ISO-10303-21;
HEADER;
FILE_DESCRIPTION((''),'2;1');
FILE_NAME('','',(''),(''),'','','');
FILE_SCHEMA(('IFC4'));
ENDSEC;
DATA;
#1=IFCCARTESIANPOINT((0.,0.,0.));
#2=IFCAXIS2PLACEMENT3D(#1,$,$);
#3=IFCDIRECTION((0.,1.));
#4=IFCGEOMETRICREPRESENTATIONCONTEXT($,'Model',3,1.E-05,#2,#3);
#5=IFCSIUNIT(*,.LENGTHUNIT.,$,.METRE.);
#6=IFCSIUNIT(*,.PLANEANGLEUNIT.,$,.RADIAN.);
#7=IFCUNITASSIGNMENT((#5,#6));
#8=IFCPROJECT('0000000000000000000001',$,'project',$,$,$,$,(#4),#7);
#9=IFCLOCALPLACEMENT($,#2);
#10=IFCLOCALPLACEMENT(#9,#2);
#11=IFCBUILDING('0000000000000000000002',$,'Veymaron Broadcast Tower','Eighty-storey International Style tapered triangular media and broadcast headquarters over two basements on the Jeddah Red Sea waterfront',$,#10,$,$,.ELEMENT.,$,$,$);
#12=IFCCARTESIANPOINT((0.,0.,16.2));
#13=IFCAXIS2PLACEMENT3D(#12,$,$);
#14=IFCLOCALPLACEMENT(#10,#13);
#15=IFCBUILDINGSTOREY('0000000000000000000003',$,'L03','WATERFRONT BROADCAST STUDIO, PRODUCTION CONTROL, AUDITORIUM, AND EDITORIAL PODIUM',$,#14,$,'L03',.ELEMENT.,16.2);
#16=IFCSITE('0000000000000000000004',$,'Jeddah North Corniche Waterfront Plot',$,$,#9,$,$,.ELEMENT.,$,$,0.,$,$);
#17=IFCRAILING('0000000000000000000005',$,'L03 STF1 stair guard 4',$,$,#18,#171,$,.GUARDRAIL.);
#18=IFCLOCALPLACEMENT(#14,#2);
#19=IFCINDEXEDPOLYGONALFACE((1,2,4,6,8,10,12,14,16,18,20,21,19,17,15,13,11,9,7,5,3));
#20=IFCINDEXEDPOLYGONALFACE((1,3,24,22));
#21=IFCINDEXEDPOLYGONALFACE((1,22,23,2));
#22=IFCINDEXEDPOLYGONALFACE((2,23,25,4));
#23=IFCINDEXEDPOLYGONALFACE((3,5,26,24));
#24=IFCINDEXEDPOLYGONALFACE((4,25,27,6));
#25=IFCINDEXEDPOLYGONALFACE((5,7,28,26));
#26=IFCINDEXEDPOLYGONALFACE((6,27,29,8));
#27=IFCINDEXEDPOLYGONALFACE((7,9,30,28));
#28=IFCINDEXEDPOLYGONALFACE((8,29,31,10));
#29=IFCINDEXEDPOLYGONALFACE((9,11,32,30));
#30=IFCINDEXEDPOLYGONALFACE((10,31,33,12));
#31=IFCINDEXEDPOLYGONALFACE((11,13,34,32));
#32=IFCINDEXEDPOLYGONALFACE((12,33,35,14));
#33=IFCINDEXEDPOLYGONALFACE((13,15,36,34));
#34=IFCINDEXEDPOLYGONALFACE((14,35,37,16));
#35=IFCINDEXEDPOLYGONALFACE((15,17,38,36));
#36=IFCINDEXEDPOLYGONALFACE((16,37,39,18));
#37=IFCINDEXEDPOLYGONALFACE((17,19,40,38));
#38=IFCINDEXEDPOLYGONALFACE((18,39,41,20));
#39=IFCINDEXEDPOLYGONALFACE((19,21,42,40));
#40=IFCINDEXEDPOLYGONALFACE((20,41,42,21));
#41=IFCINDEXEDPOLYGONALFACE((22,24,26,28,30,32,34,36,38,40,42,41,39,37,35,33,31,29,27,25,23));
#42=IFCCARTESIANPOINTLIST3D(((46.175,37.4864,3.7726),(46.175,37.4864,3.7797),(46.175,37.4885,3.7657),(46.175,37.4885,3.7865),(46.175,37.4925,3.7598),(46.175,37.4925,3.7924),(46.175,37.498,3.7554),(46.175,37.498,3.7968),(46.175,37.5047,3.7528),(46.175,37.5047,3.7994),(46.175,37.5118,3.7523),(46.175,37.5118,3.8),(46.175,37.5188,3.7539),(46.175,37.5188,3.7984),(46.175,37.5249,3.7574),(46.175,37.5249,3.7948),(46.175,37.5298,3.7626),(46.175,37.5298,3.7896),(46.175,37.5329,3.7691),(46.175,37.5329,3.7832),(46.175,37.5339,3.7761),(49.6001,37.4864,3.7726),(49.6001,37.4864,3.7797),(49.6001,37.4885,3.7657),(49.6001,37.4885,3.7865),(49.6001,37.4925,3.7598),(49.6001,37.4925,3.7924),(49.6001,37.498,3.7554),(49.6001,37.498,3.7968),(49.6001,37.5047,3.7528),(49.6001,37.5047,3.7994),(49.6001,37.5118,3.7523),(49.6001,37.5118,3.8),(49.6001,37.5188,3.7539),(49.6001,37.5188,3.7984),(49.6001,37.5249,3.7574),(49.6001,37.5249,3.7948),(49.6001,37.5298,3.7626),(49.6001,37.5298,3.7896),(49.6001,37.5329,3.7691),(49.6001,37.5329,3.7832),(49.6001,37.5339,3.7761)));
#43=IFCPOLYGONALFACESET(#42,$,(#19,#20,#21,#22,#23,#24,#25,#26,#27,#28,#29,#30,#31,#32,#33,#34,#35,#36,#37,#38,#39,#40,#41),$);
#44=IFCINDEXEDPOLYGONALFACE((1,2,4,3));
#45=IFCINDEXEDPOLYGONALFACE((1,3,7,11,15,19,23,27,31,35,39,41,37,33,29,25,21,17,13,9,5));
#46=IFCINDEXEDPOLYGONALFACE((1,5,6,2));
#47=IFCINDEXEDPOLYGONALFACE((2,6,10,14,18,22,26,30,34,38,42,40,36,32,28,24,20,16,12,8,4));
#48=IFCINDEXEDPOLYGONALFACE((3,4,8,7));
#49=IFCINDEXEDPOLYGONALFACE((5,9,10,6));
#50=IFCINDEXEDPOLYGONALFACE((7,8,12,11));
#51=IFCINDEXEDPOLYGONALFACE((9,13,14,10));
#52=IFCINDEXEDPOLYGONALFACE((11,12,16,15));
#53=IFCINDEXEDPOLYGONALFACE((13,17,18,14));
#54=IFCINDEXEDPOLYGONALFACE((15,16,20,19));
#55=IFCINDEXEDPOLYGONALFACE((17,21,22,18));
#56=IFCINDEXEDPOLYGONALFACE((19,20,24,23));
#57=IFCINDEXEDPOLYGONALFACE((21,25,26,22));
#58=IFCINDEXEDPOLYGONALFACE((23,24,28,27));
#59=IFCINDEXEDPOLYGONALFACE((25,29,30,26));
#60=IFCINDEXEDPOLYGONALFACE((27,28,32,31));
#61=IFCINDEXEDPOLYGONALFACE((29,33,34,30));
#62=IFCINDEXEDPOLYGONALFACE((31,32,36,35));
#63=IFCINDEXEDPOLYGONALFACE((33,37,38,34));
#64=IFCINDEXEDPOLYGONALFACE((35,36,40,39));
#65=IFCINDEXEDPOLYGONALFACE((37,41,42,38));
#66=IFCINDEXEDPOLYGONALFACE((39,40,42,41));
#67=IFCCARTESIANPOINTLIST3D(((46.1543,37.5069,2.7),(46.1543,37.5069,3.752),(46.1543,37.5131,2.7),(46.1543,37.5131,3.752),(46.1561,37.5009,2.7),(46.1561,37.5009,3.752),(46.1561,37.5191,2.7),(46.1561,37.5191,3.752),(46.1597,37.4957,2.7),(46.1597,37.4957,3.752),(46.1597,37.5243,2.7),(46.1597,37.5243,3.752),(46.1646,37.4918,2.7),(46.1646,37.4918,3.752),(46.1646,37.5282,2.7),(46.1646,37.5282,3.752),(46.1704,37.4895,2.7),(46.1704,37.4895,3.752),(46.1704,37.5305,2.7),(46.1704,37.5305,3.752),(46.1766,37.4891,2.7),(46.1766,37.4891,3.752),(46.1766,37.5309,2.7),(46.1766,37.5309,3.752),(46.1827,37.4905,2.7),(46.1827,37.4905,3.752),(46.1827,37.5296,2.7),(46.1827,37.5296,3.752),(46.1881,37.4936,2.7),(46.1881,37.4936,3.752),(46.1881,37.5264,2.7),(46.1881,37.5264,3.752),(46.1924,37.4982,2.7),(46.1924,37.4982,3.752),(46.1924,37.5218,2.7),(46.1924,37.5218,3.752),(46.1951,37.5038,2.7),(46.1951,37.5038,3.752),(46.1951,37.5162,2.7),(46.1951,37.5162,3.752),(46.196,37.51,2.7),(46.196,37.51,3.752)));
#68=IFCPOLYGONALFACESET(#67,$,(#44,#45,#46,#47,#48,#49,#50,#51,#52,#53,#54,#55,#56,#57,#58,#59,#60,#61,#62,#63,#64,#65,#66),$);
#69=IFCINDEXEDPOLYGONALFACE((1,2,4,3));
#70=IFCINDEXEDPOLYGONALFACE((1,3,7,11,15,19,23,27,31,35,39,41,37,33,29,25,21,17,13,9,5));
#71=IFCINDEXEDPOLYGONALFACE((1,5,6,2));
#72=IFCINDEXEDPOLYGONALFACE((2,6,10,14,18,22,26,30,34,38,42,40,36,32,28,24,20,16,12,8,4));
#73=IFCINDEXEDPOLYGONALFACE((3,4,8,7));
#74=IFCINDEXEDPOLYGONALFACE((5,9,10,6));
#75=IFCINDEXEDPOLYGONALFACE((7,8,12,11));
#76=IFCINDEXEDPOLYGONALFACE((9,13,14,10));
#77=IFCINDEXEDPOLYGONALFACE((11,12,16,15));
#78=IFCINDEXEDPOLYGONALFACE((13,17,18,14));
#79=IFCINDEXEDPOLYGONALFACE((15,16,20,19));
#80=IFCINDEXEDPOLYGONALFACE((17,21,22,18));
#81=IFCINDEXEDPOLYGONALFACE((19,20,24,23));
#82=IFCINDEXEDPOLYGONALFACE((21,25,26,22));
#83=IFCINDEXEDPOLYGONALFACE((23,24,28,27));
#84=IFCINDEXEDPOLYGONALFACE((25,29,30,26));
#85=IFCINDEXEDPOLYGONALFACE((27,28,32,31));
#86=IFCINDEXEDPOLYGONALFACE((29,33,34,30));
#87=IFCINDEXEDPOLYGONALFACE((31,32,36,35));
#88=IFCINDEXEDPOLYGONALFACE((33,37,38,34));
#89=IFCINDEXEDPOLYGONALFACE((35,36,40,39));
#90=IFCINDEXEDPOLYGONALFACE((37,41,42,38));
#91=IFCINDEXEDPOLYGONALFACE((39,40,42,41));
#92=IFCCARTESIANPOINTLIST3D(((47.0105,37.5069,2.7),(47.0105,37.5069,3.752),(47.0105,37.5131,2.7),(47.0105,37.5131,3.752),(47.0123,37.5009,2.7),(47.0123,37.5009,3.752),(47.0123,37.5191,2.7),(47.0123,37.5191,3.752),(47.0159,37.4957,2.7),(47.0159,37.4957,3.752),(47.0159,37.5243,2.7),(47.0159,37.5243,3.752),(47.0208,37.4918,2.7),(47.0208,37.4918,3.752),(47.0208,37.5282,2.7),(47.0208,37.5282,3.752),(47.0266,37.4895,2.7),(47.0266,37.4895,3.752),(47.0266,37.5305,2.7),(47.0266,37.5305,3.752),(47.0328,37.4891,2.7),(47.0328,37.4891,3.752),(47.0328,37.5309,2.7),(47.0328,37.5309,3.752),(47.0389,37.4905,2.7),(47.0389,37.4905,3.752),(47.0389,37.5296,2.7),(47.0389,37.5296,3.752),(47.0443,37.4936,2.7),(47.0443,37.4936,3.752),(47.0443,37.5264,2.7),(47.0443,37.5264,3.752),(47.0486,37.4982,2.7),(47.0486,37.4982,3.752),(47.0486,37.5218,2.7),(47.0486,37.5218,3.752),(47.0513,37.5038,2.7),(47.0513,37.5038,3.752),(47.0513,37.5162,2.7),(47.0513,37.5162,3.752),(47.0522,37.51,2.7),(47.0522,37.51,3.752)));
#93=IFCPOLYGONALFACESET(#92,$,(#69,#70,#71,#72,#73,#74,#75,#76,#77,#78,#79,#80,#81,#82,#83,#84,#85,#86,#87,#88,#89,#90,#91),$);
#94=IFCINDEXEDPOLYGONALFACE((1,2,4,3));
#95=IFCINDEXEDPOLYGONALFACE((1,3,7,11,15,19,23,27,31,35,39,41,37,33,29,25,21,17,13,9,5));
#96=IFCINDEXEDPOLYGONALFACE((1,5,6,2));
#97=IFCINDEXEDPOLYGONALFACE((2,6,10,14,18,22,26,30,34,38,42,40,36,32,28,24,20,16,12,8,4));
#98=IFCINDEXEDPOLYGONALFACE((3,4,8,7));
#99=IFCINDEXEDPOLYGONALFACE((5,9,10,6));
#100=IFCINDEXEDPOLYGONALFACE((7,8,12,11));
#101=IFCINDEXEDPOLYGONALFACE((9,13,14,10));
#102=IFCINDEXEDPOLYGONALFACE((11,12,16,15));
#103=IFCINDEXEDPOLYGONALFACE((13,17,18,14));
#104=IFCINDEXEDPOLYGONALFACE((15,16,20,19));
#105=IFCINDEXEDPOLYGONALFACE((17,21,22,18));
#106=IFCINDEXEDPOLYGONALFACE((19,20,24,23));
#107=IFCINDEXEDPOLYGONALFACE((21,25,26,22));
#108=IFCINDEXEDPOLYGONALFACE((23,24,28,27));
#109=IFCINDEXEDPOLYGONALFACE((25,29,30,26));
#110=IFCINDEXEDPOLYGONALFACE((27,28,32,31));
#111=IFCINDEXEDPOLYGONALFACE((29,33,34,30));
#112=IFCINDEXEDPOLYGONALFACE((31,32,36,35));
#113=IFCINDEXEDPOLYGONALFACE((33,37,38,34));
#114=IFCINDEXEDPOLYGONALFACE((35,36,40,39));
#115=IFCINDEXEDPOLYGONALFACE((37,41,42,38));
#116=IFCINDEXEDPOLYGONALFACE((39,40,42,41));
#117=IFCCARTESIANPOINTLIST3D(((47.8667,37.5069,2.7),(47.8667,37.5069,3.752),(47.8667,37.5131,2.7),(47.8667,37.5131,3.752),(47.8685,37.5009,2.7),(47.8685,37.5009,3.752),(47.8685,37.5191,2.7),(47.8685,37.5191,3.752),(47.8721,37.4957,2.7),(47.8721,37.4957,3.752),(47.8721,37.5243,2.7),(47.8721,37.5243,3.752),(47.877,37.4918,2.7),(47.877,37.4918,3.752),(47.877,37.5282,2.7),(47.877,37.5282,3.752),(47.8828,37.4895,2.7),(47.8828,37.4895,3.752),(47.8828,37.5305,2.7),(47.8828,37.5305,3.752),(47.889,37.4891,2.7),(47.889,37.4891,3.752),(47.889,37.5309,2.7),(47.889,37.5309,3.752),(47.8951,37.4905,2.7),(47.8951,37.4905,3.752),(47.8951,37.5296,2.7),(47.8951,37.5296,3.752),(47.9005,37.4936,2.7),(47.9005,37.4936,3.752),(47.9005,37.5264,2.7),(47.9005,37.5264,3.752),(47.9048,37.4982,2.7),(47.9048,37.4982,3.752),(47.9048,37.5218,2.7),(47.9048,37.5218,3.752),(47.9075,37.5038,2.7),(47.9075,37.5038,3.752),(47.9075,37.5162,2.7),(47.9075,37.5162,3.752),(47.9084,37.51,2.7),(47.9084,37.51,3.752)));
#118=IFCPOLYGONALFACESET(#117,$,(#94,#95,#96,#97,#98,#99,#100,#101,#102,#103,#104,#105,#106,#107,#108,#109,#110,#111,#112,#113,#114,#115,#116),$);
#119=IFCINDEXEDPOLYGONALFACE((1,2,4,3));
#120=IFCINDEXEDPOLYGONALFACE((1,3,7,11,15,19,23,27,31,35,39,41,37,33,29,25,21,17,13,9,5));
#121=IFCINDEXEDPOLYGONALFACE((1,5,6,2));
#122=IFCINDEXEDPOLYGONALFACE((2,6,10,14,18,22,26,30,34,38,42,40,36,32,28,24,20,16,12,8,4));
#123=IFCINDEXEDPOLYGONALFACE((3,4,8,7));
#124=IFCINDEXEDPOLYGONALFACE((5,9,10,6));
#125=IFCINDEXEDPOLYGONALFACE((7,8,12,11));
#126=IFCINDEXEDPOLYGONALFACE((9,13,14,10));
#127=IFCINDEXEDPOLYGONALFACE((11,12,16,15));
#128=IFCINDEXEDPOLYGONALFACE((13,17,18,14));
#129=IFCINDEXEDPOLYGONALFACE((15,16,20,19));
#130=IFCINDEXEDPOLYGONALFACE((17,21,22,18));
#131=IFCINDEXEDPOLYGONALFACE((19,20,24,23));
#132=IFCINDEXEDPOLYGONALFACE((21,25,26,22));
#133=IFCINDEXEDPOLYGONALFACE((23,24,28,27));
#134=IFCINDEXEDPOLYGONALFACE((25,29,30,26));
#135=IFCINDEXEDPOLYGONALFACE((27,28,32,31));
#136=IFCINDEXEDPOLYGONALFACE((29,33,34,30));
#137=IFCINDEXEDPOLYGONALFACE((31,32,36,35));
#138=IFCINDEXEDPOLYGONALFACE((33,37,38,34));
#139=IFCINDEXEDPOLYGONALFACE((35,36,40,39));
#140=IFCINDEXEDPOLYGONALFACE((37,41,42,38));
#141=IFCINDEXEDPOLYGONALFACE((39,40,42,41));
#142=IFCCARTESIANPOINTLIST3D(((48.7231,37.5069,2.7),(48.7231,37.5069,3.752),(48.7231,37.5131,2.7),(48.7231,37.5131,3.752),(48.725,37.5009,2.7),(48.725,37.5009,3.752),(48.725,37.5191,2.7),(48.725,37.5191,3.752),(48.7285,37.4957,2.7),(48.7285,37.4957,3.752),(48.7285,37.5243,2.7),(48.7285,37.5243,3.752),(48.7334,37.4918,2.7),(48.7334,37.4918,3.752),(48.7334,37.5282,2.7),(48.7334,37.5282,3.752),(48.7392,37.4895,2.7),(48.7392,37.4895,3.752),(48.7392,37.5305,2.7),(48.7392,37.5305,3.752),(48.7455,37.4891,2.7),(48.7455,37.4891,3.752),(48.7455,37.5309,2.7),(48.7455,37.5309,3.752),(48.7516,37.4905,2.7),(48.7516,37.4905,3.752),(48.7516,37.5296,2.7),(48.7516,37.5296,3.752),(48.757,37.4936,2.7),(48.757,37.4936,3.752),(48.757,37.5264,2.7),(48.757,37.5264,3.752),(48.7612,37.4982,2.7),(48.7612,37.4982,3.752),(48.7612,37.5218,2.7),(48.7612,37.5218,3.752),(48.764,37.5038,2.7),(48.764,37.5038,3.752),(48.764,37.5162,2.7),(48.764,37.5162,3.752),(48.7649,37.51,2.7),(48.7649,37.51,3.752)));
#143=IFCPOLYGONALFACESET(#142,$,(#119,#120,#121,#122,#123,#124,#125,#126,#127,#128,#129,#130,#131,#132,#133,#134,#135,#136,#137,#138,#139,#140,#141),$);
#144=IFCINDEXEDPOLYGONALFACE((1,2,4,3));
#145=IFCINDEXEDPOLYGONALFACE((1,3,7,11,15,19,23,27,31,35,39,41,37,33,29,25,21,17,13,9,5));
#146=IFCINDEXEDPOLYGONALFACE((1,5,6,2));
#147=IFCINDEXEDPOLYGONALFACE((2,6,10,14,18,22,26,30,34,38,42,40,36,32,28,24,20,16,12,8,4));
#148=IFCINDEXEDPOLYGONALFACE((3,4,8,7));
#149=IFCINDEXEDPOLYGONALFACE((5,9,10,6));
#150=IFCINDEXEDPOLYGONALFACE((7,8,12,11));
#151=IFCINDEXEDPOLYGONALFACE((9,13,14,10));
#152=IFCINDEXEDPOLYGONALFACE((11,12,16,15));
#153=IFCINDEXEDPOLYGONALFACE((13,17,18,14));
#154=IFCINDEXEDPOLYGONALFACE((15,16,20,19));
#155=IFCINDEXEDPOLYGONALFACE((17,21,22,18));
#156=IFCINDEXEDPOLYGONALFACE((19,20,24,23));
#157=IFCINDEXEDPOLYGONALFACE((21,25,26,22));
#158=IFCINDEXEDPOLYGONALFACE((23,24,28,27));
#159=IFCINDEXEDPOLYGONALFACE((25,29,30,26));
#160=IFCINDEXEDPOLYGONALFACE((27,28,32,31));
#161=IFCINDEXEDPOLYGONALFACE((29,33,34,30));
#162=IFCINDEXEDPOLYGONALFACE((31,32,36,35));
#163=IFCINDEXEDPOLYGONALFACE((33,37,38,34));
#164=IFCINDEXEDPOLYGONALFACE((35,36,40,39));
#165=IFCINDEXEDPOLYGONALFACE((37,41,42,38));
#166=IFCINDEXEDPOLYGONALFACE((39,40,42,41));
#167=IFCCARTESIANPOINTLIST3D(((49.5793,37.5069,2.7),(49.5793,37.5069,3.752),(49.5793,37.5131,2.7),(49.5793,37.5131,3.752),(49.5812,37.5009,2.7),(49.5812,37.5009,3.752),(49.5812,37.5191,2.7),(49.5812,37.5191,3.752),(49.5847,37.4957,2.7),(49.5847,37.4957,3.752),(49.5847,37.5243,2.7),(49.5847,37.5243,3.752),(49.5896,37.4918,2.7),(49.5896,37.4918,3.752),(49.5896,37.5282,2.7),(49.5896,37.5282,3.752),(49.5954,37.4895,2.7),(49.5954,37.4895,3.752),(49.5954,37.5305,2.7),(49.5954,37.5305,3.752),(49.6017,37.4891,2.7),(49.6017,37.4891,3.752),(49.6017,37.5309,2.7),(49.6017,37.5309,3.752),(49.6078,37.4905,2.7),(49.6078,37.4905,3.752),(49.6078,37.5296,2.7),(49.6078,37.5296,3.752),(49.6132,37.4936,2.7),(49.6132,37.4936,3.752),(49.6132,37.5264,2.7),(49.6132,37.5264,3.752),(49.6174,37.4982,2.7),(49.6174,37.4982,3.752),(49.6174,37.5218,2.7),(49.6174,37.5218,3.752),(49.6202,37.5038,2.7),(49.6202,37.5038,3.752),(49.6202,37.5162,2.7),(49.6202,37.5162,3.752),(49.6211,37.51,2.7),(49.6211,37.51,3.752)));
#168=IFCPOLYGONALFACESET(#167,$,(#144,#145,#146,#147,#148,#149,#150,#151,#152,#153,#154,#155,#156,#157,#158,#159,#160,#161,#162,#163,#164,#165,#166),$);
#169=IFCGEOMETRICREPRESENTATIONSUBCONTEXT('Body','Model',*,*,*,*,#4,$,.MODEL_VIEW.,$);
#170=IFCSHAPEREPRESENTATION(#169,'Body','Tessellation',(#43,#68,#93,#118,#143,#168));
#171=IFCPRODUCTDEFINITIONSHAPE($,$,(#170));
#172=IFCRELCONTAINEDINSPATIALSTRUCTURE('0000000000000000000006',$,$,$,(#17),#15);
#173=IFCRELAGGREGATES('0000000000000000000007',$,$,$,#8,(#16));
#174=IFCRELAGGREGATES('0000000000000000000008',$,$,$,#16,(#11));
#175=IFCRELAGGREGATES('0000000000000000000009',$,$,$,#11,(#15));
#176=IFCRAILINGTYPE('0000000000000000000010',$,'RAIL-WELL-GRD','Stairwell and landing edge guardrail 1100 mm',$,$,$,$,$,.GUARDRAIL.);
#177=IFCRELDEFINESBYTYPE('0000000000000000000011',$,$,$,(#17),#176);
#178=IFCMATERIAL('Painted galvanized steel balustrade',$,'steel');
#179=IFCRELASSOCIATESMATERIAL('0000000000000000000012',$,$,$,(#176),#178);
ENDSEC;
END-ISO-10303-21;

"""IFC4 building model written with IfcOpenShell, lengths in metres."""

from ifc_helpers import new_model, si_unit, direction, frame, origin, origin_2d, place, context, subcontext, project, spatial, circle, extrude, material, type_object, element, save


model = new_model("IFC4")

# Units and contexts
model_context = context("Model", 3, precision=1e-05, world=origin(), true_north=direction((0.0, 1.0)))
body_context = subcontext(model_context, "Body", "Model", "MODEL_VIEW")
ifc_project = project(units=[si_unit("LENGTHUNIT", "METRE"), si_unit("PLANEANGLEUNIT", "RADIAN")], contexts=[model_context])

# Site, building, storey
site_placement = place(None, origin())
site = spatial("IfcSite", under=ifc_project, at=site_placement, Name="Jeddah North Corniche Waterfront Plot", CompositionType="ELEMENT", RefElevation=0.0)
building_placement = place(site_placement, origin())
building = spatial("IfcBuilding", under=site, at=building_placement, Name="Veymaron Broadcast Tower", Description="Eighty-storey International Style tapered triangular media and broadcast headquarters over two basements on the Jeddah Red Sea waterfront", CompositionType="ELEMENT")
storey_placement = place(building_placement, frame((0.0, 0.0, 16.2)))
storey = spatial("IfcBuildingStorey", under=building, at=storey_placement, Name="L03", Description="WATERFRONT BROADCAST STUDIO, PRODUCTION CONTROL, AUDITORIUM, AND EDITORIAL PODIUM", LongName="L03", CompositionType="ELEMENT", Elevation=16.2)

# Railing
ifc_material_1 = material(Name="Painted galvanized steel balustrade", Category="steel")
railing_type_1 = type_object("IfcRailingType", Name="RAIL-WELL-GRD", Description="Stairwell and landing edge guardrail 1100 mm", PredefinedType="GUARDRAIL", material=ifc_material_1)
railing_1_placement = place(storey_placement, frame((46.175, 37.51, 2.7)))
element("IfcRailing", 1, at=railing_1_placement, inside=storey, type_object=railing_type_1, Name="L03 STF1 stair guard 4", PredefinedType="GUARDRAIL", context=body_context, shape_type="SweptSolid", body=[
    extrude(circle(Radius=0.0239, at=origin_2d()), frame((0.0, 0.0, 1.0762), z_axis=(1.0, 0.0, 0.0), x_axis=(0.0, 1.0, 0.0)), (0.0, 0.0, 1.0), 3.425),
    extrude(circle(Radius=0.021, at=origin_2d()), origin(), (0.0, 0.0, 1.0), 1.052),
    extrude(circle(Radius=0.021, at=origin_2d()), frame((0.8562, 0.0, 0.0)), (0.0, 0.0, 1.0), 1.052),
    extrude(circle(Radius=0.021, at=origin_2d()), frame((1.7124, 0.0, 0.0)), (0.0, 0.0, 1.0), 1.052),
    extrude(circle(Radius=0.021, at=origin_2d()), frame((2.5688, 0.0, 0.0)), (0.0, 0.0, 1.0), 1.052),
    extrude(circle(Radius=0.021, at=origin_2d()), frame((3.425, 0.0, 0.0)), (0.0, 0.0, 1.0), 1.052),
])

save(model, "model.ifc")
